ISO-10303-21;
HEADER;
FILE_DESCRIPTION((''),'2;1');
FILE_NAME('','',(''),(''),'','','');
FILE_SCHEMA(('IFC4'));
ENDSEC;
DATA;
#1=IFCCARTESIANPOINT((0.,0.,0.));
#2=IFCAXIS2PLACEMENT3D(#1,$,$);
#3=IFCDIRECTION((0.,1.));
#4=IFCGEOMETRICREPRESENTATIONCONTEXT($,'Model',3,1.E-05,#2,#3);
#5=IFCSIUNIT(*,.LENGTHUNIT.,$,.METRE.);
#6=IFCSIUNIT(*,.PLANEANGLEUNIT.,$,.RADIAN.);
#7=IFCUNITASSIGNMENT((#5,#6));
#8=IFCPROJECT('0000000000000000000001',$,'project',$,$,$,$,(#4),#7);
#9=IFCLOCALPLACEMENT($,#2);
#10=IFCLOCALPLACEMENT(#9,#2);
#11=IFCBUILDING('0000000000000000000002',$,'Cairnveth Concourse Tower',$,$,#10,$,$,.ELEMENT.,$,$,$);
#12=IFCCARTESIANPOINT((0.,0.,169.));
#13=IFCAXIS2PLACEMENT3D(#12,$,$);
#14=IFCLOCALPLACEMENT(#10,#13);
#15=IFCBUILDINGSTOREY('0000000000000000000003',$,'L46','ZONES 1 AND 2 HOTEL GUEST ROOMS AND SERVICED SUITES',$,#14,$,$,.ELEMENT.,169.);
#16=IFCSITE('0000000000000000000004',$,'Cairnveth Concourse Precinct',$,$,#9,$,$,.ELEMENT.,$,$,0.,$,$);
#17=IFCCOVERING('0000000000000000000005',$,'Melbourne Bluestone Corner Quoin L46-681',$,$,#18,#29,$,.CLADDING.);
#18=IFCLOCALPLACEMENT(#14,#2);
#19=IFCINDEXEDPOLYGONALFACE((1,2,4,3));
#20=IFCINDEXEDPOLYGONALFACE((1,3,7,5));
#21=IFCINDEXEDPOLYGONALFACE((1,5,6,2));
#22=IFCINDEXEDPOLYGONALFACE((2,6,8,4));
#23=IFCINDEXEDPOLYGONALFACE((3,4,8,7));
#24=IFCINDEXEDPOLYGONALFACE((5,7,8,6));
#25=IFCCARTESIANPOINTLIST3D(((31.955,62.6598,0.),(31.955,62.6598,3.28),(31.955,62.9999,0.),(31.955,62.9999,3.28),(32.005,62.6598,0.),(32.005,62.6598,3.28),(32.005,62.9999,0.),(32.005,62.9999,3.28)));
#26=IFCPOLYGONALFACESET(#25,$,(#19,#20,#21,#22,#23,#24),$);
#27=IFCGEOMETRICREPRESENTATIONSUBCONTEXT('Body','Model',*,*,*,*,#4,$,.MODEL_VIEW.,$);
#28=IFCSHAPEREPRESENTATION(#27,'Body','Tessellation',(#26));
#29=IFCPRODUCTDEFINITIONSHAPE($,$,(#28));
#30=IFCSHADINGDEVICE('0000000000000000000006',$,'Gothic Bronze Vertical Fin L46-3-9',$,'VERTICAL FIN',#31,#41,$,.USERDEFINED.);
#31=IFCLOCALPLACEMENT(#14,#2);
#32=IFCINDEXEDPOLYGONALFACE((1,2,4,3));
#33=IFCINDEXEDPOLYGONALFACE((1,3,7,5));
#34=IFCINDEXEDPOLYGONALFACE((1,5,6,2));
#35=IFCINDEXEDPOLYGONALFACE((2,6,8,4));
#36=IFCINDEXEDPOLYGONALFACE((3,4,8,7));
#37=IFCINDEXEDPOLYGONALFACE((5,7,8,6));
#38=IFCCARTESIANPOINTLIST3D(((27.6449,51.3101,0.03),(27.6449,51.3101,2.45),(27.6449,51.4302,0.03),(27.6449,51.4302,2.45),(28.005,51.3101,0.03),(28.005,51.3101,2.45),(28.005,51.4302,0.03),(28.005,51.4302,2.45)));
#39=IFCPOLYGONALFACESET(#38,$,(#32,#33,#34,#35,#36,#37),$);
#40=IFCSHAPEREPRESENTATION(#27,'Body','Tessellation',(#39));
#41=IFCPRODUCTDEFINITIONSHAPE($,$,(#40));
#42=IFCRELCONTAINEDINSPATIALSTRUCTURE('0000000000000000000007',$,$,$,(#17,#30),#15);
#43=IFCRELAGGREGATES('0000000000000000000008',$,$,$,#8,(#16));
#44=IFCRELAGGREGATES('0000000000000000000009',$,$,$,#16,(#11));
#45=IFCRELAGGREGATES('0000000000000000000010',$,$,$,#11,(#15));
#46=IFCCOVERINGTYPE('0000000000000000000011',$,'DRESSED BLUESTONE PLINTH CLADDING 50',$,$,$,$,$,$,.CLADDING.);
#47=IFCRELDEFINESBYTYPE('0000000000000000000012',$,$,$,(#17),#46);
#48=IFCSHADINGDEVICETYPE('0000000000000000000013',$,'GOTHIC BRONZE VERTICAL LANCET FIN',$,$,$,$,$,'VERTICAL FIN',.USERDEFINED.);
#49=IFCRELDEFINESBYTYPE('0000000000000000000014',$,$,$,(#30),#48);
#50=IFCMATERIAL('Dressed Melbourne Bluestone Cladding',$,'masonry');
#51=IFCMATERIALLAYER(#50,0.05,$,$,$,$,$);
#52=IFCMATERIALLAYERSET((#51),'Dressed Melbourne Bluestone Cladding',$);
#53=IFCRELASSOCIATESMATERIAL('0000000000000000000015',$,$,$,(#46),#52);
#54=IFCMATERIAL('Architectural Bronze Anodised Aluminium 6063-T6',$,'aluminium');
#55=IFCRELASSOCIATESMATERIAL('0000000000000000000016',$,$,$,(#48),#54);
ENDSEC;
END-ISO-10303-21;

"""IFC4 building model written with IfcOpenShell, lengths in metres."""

from ifc_helpers import new_model, si_unit, direction, frame, frame_2d, origin, origin_2d, place, context, subcontext, project, spatial, rectangle, extrude, material, layer, layer_set, type_object, element, save


model = new_model("IFC4")

# Units and contexts
model_context = context("Model", 3, precision=1e-05, world=origin(), true_north=direction((0.0, 1.0)))
body_context = subcontext(model_context, "Body", "Model", "MODEL_VIEW")
ifc_project = project(units=[si_unit("LENGTHUNIT", "METRE"), si_unit("PLANEANGLEUNIT", "RADIAN")], contexts=[model_context])

# Site, building, storey
site_placement = place(None, origin())
site = spatial("IfcSite", under=ifc_project, at=site_placement, Name="Cairnveth Concourse Precinct", CompositionType="ELEMENT", RefElevation=0.0)
building_placement = place(site_placement, origin())
building = spatial("IfcBuilding", under=site, at=building_placement, Name="Cairnveth Concourse Tower", CompositionType="ELEMENT")
storey_placement = place(building_placement, frame((0.0, 0.0, 169.0)))
storey = spatial("IfcBuildingStorey", under=building, at=storey_placement, Name="L46", Description="ZONES 1 AND 2 HOTEL GUEST ROOMS AND SERVICED SUITES", CompositionType="ELEMENT", Elevation=169.0)

# Covering
ifc_material_1 = material(Name="Dressed Melbourne Bluestone Cladding", Category="masonry")
ifc_layer_1 = layer(ifc_material_1, 0.05)
ifc_layer_set_1 = layer_set([ifc_layer_1], Name="Dressed Melbourne Bluestone Cladding")
covering_type = type_object("IfcCoveringType", Name="DRESSED BLUESTONE PLINTH CLADDING 50", PredefinedType="CLADDING", material=ifc_layer_set_1)
for number, where, z_axis, x_axis, name in (
    (1, (31.98, 62.6599, 0.0), (0.0, 0.0, 1.0), (0.0, 1.0, 0.0), "Melbourne Bluestone Corner Quoin L46-681"),
):
    element("IfcCovering", number, at=place(storey_placement, frame(where, z_axis=z_axis, x_axis=x_axis)), inside=storey, type_object=covering_type, Name=name, PredefinedType="CLADDING", context=body_context, shape_type="SweptSolid", body=[
        extrude(rectangle(XDim=0.3401, YDim=0.05, at=frame_2d((0.1699, 0.0))), origin(), (0.0, 0.0, 1.0), 3.28),
    ])

# Shading device
ifc_material_2 = material(Name="Architectural Bronze Anodised Aluminium 6063-T6", Category="aluminium")
shading_device_type = type_object("IfcShadingDeviceType", Name="GOTHIC BRONZE VERTICAL LANCET FIN", ElementType="VERTICAL FIN", PredefinedType="USERDEFINED", material=ifc_material_2)
shading_device_placement = place(storey_placement, frame((27.825, 51.3701, 0.03), z_axis=(0.0, 0.0, 1.0), x_axis=(0.0, 1.0, 0.0)))
element("IfcShadingDevice", 2, at=shading_device_placement, inside=storey, type_object=shading_device_type, Name="Gothic Bronze Vertical Fin L46-3-9", ObjectType="VERTICAL FIN", PredefinedType="USERDEFINED", context=body_context, shape_type="SweptSolid", body=[
    extrude(rectangle(XDim=0.1201, YDim=0.3601, at=origin_2d()), origin(), (0.0, 0.0, 1.0), 2.4199),
])

save(model, "model.ifc")
